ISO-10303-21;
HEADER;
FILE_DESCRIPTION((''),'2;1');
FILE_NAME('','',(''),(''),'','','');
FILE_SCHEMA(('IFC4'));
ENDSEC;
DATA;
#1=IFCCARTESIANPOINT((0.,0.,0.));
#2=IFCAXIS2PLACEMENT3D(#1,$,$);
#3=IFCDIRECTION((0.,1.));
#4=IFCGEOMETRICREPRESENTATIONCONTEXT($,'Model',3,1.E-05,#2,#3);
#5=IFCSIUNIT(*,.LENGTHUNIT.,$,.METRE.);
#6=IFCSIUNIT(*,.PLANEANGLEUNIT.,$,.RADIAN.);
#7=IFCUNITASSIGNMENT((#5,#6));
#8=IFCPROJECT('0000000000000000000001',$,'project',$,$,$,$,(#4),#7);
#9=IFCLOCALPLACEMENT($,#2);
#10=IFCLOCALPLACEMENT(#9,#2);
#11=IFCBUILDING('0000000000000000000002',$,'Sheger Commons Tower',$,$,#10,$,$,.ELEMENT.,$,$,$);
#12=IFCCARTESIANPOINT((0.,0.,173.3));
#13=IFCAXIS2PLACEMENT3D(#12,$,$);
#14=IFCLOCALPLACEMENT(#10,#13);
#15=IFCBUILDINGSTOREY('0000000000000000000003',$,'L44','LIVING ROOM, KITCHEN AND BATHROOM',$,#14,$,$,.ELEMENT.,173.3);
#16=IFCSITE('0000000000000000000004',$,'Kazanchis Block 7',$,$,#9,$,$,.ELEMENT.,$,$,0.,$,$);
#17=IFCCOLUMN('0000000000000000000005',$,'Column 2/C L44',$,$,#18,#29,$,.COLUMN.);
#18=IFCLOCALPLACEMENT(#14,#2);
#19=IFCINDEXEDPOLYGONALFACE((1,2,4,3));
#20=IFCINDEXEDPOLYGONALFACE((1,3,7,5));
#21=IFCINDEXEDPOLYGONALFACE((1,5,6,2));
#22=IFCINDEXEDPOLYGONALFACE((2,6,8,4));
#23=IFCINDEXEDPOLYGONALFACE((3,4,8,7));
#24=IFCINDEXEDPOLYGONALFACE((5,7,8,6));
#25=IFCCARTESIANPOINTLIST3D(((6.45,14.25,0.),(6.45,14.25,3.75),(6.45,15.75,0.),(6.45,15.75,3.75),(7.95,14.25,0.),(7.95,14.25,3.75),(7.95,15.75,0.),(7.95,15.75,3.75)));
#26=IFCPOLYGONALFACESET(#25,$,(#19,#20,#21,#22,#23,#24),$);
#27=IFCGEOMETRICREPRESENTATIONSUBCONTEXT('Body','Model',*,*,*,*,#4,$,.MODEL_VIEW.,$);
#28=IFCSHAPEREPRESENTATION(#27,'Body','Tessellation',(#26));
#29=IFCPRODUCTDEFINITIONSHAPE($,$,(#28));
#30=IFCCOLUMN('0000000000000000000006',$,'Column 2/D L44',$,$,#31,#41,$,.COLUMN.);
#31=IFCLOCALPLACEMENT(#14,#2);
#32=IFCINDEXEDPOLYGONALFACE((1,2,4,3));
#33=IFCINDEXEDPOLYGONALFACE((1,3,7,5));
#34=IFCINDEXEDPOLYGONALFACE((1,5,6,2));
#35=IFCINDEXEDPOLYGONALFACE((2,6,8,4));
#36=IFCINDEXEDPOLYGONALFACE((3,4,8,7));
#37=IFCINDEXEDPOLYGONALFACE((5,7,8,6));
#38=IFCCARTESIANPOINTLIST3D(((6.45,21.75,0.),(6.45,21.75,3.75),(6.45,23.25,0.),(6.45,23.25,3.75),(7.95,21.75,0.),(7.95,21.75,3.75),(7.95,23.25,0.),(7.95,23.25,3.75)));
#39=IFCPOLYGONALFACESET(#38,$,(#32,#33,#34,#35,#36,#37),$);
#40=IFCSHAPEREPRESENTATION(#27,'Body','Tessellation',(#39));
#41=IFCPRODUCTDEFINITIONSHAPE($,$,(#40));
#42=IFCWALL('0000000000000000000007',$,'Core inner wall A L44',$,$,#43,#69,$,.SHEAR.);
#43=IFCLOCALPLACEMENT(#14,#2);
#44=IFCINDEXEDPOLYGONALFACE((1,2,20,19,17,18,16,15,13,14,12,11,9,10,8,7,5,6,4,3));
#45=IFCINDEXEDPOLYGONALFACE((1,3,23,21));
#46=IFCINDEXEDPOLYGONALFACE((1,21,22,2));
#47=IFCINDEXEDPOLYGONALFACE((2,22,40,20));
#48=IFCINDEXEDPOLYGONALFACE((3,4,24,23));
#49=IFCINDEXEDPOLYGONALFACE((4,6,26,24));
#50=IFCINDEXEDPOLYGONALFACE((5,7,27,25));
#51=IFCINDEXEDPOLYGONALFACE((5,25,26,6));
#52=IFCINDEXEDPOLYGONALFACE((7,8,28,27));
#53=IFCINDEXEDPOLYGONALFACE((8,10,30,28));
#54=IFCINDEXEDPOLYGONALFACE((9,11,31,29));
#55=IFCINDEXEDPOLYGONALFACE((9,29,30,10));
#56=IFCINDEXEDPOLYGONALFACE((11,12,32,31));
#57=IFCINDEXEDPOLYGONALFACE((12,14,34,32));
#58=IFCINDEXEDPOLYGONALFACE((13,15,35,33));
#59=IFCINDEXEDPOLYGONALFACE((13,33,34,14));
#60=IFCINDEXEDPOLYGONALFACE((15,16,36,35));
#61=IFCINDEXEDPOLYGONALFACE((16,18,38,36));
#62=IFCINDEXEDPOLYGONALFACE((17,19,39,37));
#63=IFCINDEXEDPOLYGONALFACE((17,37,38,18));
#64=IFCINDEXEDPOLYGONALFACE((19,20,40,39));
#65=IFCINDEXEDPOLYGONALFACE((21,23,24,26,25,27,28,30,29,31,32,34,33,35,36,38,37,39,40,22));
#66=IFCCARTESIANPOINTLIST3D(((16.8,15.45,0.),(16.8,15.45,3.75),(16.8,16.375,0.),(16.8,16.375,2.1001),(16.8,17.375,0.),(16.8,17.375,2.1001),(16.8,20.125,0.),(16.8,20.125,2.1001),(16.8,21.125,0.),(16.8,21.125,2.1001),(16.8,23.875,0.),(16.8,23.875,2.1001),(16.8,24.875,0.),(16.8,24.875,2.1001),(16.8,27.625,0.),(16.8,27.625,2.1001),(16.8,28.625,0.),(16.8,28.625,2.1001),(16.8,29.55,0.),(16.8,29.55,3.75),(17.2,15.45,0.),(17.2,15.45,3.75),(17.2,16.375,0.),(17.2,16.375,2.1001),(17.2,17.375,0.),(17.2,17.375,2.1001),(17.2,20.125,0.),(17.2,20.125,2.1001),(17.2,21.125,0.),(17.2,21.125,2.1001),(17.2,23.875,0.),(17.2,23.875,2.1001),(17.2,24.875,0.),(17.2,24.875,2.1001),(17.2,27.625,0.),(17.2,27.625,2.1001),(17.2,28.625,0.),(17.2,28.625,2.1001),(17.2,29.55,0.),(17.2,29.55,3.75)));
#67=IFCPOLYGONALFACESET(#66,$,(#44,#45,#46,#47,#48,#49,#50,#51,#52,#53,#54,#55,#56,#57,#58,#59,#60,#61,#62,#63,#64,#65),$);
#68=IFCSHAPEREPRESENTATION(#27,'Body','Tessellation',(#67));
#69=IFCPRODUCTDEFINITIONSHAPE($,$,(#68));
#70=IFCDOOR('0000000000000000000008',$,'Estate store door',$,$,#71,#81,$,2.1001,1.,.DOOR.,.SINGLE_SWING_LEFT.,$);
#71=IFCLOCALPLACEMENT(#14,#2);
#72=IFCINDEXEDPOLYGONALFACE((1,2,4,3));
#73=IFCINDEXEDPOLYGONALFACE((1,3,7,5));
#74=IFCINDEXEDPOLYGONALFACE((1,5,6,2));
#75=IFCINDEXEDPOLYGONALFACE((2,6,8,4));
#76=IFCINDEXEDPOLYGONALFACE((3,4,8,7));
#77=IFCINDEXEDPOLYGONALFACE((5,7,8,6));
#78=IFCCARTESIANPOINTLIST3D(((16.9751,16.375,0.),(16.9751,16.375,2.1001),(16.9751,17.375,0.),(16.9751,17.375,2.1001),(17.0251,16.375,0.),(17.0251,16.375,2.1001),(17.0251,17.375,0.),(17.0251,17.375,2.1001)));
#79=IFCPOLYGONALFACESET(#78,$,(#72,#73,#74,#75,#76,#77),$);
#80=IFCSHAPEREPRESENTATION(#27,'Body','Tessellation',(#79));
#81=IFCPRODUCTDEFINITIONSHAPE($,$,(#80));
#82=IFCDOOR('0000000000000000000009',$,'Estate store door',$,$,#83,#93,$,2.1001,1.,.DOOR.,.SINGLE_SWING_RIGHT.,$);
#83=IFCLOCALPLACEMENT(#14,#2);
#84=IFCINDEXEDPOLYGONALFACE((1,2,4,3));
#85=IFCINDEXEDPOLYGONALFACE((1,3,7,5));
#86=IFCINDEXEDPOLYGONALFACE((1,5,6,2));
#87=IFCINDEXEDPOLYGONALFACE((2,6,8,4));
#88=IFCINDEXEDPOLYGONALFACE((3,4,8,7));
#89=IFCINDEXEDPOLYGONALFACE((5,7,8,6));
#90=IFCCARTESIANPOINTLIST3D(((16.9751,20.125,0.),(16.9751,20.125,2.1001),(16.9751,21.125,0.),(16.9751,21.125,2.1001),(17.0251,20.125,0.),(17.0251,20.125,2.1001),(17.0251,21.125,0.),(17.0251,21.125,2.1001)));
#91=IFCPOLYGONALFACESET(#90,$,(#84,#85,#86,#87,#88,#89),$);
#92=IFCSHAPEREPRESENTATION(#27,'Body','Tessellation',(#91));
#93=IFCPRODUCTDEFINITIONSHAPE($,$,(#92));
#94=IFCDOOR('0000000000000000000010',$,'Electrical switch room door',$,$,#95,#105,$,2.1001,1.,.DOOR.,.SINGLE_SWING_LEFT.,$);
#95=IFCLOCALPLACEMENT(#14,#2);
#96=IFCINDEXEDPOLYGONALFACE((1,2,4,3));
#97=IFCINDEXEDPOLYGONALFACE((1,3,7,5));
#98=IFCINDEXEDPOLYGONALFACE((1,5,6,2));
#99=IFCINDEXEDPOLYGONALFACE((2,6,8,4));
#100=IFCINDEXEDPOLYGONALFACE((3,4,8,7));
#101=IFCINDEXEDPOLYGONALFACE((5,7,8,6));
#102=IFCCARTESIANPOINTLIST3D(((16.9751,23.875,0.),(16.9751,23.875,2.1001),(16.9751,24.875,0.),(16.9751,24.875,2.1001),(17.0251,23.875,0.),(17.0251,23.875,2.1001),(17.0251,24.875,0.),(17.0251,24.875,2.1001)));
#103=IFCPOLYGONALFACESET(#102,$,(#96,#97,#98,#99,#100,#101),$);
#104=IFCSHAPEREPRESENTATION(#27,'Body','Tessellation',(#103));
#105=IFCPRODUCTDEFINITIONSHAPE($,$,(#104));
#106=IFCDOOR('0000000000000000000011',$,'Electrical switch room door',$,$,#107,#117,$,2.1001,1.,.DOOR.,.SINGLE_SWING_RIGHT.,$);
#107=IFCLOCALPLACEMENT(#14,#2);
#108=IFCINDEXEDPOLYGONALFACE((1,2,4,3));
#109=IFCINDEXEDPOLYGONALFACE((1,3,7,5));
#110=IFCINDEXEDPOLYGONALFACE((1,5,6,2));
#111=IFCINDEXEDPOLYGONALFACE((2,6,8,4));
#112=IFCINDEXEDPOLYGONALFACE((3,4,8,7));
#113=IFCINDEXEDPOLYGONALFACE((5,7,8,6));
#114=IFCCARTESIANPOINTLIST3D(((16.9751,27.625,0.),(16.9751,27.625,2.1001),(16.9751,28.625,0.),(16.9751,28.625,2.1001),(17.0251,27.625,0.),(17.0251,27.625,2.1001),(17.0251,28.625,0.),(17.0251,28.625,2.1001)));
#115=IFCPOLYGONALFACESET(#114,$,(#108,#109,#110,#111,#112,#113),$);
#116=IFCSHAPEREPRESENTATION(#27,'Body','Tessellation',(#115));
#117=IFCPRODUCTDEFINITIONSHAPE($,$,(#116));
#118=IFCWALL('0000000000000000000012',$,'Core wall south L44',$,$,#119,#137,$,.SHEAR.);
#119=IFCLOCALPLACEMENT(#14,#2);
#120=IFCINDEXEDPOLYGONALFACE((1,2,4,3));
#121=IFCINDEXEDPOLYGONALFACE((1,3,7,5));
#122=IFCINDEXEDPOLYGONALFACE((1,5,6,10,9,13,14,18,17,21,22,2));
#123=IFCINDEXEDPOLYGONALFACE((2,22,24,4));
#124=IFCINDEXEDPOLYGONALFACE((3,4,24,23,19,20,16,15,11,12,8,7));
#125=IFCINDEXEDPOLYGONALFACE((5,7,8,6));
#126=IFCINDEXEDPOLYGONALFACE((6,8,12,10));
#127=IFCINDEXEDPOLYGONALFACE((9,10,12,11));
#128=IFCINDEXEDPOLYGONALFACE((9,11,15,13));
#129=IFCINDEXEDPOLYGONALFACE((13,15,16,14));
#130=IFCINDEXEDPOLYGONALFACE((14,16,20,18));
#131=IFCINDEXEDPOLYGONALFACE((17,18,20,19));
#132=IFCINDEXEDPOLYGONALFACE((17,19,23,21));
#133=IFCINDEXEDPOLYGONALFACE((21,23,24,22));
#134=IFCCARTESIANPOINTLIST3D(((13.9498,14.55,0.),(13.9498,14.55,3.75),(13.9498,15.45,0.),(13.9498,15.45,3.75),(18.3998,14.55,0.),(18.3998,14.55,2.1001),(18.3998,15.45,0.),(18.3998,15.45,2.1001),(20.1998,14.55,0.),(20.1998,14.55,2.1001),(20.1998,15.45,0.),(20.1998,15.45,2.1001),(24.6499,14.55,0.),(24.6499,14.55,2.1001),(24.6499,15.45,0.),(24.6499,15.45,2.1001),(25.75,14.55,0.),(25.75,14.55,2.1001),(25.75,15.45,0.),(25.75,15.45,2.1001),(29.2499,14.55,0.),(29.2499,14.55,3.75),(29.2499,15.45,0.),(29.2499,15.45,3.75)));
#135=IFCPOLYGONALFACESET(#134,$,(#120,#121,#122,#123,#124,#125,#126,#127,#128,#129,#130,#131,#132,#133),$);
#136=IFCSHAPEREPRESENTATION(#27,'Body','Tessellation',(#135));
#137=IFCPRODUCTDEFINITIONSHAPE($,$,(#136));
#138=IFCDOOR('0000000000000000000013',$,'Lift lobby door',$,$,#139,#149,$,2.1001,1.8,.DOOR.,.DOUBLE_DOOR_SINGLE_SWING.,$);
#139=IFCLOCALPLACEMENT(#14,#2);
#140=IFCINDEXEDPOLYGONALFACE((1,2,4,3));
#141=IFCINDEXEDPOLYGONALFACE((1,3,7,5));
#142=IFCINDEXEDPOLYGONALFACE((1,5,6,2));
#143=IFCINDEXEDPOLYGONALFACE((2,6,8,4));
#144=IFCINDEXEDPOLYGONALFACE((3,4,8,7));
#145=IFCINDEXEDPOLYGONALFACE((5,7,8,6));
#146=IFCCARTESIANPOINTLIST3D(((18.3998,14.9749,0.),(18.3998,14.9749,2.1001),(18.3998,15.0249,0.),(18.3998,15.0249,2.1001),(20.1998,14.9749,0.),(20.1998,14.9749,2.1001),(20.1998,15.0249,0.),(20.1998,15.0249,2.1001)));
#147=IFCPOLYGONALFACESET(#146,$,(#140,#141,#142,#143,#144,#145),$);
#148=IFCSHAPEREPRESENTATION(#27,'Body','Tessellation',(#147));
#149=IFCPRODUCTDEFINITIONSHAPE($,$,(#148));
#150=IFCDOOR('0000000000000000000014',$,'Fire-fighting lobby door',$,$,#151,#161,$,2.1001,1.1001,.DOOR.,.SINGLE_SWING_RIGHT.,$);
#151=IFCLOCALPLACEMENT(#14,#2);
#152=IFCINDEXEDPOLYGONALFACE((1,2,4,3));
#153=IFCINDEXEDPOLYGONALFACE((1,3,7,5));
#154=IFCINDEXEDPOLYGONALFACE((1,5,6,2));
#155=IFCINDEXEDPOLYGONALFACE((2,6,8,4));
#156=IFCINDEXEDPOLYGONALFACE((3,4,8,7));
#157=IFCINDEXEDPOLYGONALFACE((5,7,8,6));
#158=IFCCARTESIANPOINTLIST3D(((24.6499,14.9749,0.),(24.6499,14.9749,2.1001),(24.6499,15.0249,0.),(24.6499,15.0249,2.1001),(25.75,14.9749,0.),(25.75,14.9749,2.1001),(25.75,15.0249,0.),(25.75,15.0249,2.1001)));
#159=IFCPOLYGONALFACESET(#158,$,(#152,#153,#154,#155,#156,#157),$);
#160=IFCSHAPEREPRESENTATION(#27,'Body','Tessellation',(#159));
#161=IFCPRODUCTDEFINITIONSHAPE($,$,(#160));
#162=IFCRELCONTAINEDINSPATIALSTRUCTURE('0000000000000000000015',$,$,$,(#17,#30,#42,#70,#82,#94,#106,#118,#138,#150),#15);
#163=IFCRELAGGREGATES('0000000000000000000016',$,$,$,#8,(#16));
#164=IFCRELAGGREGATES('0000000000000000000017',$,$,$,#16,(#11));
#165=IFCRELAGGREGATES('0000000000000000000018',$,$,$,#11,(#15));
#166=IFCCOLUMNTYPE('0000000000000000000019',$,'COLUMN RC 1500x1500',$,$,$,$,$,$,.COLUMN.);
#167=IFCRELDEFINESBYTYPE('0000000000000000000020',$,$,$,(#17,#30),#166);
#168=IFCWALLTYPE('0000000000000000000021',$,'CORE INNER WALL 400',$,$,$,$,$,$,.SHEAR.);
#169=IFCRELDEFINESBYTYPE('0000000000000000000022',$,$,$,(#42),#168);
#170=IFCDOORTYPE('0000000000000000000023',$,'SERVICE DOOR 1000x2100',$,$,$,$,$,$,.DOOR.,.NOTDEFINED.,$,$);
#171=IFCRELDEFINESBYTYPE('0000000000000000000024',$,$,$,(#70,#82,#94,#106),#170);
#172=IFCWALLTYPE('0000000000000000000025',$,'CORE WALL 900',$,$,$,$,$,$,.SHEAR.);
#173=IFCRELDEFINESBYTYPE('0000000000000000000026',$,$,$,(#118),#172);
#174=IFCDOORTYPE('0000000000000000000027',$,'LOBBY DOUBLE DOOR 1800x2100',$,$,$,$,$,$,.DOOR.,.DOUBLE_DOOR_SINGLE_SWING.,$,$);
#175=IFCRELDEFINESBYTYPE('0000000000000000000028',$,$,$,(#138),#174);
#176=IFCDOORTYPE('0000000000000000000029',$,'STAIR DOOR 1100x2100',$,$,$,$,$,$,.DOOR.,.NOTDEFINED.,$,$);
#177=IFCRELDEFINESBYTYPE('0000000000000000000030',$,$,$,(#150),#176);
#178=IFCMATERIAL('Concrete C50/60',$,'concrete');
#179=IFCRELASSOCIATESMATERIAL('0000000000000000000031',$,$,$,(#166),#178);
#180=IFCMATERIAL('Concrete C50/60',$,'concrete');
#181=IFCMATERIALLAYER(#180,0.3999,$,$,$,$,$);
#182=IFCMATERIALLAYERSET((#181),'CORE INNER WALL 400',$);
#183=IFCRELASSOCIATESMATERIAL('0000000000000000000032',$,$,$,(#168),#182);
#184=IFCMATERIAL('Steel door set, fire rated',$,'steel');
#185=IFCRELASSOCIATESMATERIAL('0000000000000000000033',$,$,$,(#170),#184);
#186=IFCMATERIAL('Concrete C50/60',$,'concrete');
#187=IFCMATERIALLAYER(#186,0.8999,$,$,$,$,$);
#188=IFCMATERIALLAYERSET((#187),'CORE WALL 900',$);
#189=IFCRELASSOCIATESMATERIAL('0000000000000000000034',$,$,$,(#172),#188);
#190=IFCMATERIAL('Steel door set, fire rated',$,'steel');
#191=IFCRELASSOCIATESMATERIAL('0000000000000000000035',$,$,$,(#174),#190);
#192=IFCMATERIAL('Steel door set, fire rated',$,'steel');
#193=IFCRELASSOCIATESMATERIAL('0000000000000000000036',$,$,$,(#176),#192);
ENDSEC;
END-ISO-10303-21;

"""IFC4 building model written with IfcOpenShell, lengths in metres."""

from ifc_helpers import new_model, si_unit, direction, frame, frame_2d, origin, origin_2d, place, context, subcontext, project, spatial, rectangle, extrude, material, layer, layer_set, material_profile, profile_set, type_object, element, fill, save


model = new_model("IFC4")

# Units and contexts
model_context = context("Model", 3, precision=1e-05, world=origin(), true_north=direction((0.0, 1.0)))
body_context = subcontext(model_context, "Body", "Model", "MODEL_VIEW")
ifc_project = project(units=[si_unit("LENGTHUNIT", "METRE"), si_unit("PLANEANGLEUNIT", "RADIAN")], contexts=[model_context])

# Site, building, storey
site_placement = place(None, origin())
site = spatial("IfcSite", under=ifc_project, at=site_placement, Name="Kazanchis Block 7", CompositionType="ELEMENT", RefElevation=0.0)
building_placement = place(site_placement, origin())
building = spatial("IfcBuilding", under=site, at=building_placement, Name="Sheger Commons Tower", CompositionType="ELEMENT")
storey_placement = place(building_placement, frame((0.0, 0.0, 173.3)))
storey = spatial("IfcBuildingStorey", under=building, at=storey_placement, Name="L44", Description="LIVING ROOM, KITCHEN AND BATHROOM", CompositionType="ELEMENT", Elevation=173.3)

# Columns
ifc_material_1 = material(Name="Concrete C50/60", Category="concrete")
ifc_material_profile = material_profile(ifc_material_1, rectangle(XDim=1.5, YDim=1.5, at=origin_2d()), Name="RC 1500x1500")
ifc_profile_set = profile_set([ifc_material_profile], Name="Concrete C50/60")
column_type = type_object("IfcColumnType", Name="COLUMN RC 1500x1500", PredefinedType="COLUMN", material=ifc_profile_set)
for number, where, z_axis, x_axis, name in (
    (1, (7.2, 15.0, 0.0), (0.0, 0.0, 1.0), (1.0, 0.0, 0.0), "Column 2/C L44"),
    (2, (7.2, 22.5, 0.0), (0.0, 0.0, 1.0), (1.0, 0.0, 0.0), "Column 2/D L44"),
):
    element("IfcColumn", number, at=place(storey_placement, frame(where, z_axis=z_axis, x_axis=x_axis)), inside=storey, type_object=column_type, Name=name, PredefinedType="COLUMN", context=body_context, shape_type="SweptSolid", body=[
        extrude(rectangle(XDim=1.5, YDim=1.5, at=origin_2d()), origin(), (0.0, 0.0, 1.0), 3.75),
    ])

# Walls, openings, doors
ifc_material_2 = material(Name="Concrete C50/60", Category="concrete")
ifc_layer_1 = layer(ifc_material_2, 0.3999)
ifc_layer_set_1 = layer_set([ifc_layer_1], Name="CORE INNER WALL 400")
wall_type_1 = type_object("IfcWallType", Name="CORE INNER WALL 400", PredefinedType="SHEAR", material=ifc_layer_set_1)
wall_1_placement = place(storey_placement, frame((17.0, 15.45, 0.0), z_axis=(0.0, 0.0, 1.0), x_axis=(0.0, 1.0, 0.0)))
wall_1 = element("IfcWall", 3, at=wall_1_placement, inside=storey, type_object=wall_type_1, Name="Core inner wall A L44", PredefinedType="SHEAR", context=body_context, shape_type="SweptSolid", body=[
    extrude(rectangle(XDim=14.1001, YDim=0.3999, at=frame_2d((7.05, 0.0))), origin(), (0.0, 0.0, 1.0), 3.75),
])
opening_1_placement = place(wall_1_placement, frame((0.925, 0.0, 0.0)))
opening_1 = element("IfcOpeningElement", 4, at=opening_1_placement, cuts=wall_1, PredefinedType="OPENING", context=body_context, shape_type="SweptSolid", body=[
    extrude(rectangle(XDim=1.0, YDim=2.1001, at=frame_2d((0.5, 1.05))), frame((0.0, 0.21, 0.0), z_axis=(0.0, -1.0, 0.0), x_axis=(1.0, 0.0, 0.0)), (0.0, 0.0, 1.0), 0.4199),
])
opening_2_placement = place(wall_1_placement, frame((4.675, 0.0, 0.0)))
opening_2 = element("IfcOpeningElement", 5, at=opening_2_placement, cuts=wall_1, PredefinedType="OPENING", context=body_context, shape_type="SweptSolid", body=[
    extrude(rectangle(XDim=1.0, YDim=2.1001, at=frame_2d((0.5, 1.05))), frame((0.0, 0.21, 0.0), z_axis=(0.0, -1.0, 0.0), x_axis=(1.0, 0.0, 0.0)), (0.0, 0.0, 1.0), 0.4199),
])
opening_3_placement = place(wall_1_placement, frame((8.425, 0.0, 0.0)))
opening_3 = element("IfcOpeningElement", 6, at=opening_3_placement, cuts=wall_1, PredefinedType="OPENING", context=body_context, shape_type="SweptSolid", body=[
    extrude(rectangle(XDim=1.0, YDim=2.1001, at=frame_2d((0.5, 1.05))), frame((0.0, 0.21, 0.0), z_axis=(0.0, -1.0, 0.0), x_axis=(1.0, 0.0, 0.0)), (0.0, 0.0, 1.0), 0.4199),
])
opening_4_placement = place(wall_1_placement, frame((12.175, 0.0, 0.0)))
opening_4 = element("IfcOpeningElement", 7, at=opening_4_placement, cuts=wall_1, PredefinedType="OPENING", context=body_context, shape_type="SweptSolid", body=[
    extrude(rectangle(XDim=1.0, YDim=2.1001, at=frame_2d((0.5, 1.05))), frame((0.0, 0.21, 0.0), z_axis=(0.0, -1.0, 0.0), x_axis=(1.0, 0.0, 0.0)), (0.0, 0.0, 1.0), 0.4199),
])
ifc_material_3 = material(Name="Steel door set, fire rated", Category="steel")
door_type_1 = type_object("IfcDoorType", Name="SERVICE DOOR 1000x2100", OperationType="NOTDEFINED", PredefinedType="DOOR", material=ifc_material_3)
door_1_placement = place(opening_1_placement, origin())
door_1 = element("IfcDoor", 8, at=door_1_placement, inside=storey, type_object=door_type_1, Name="Estate store door", OperationType="SINGLE_SWING_LEFT", OverallHeight=2.1001, OverallWidth=1.0, PredefinedType="DOOR", context=body_context, shape_type="SweptSolid", body=[
    extrude(rectangle(XDim=1.0, YDim=2.1001, at=frame_2d((0.5, 1.05))), frame((0.0, 0.0249, 0.0), z_axis=(0.0, -1.0, 0.0), x_axis=(1.0, 0.0, 0.0)), (0.0, 0.0, 1.0), 0.05),
])
fill(opening_1, door_1)
door_2_placement = place(opening_2_placement, origin())
door_2 = element("IfcDoor", 9, at=door_2_placement, inside=storey, type_object=door_type_1, Name="Estate store door", OperationType="SINGLE_SWING_RIGHT", OverallHeight=2.1001, OverallWidth=1.0, PredefinedType="DOOR", context=body_context, shape_type="SweptSolid", body=[
    extrude(rectangle(XDim=1.0, YDim=2.1001, at=frame_2d((0.5, 1.05))), frame((0.0, 0.0249, 0.0), z_axis=(0.0, -1.0, 0.0), x_axis=(1.0, 0.0, 0.0)), (0.0, 0.0, 1.0), 0.05),
])
fill(opening_2, door_2)
door_3_placement = place(opening_3_placement, origin())
door_3 = element("IfcDoor", 10, at=door_3_placement, inside=storey, type_object=door_type_1, Name="Electrical switch room door", OperationType="SINGLE_SWING_LEFT", OverallHeight=2.1001, OverallWidth=1.0, PredefinedType="DOOR", context=body_context, shape_type="SweptSolid", body=[
    extrude(rectangle(XDim=1.0, YDim=2.1001, at=frame_2d((0.5, 1.05))), frame((0.0, 0.0249, 0.0), z_axis=(0.0, -1.0, 0.0), x_axis=(1.0, 0.0, 0.0)), (0.0, 0.0, 1.0), 0.05),
])
fill(opening_3, door_3)
door_4_placement = place(opening_4_placement, origin())
door_4 = element("IfcDoor", 11, at=door_4_placement, inside=storey, type_object=door_type_1, Name="Electrical switch room door", OperationType="SINGLE_SWING_RIGHT", OverallHeight=2.1001, OverallWidth=1.0, PredefinedType="DOOR", context=body_context, shape_type="SweptSolid", body=[
    extrude(rectangle(XDim=1.0, YDim=2.1001, at=frame_2d((0.5, 1.05))), frame((0.0, 0.0249, 0.0), z_axis=(0.0, -1.0, 0.0), x_axis=(1.0, 0.0, 0.0)), (0.0, 0.0, 1.0), 0.05),
])
fill(opening_4, door_4)
ifc_material_4 = material(Name="Concrete C50/60", Category="concrete")
ifc_layer_2 = layer(ifc_material_4, 0.8999)
ifc_layer_set_2 = layer_set([ifc_layer_2], Name="CORE WALL 900")
wall_type_2 = type_object("IfcWallType", Name="CORE WALL 900", PredefinedType="SHEAR", material=ifc_layer_set_2)
wall_2_placement = place(storey_placement, frame((13.95, 15.0, 0.0), z_axis=(0.0, 0.0, 1.0), x_axis=(1.0, 0.0, 0.0)))
wall_2 = element("IfcWall", 12, at=wall_2_placement, inside=storey, type_object=wall_type_2, Name="Core wall south L44", PredefinedType="SHEAR", context=body_context, shape_type="SweptSolid", body=[
    extrude(rectangle(XDim=15.3, YDim=0.8999, at=frame_2d((7.6499, 0.0))), origin(), (0.0, 0.0, 1.0), 3.75),
])
opening_5_placement = place(wall_2_placement, frame((4.45, 0.0, 0.0)))
opening_5 = element("IfcOpeningElement", 13, at=opening_5_placement, cuts=wall_2, PredefinedType="OPENING", context=body_context, shape_type="SweptSolid", body=[
    extrude(rectangle(XDim=1.8, YDim=2.1001, at=frame_2d((0.8999, 1.05))), frame((0.0, 0.46, 0.0), z_axis=(0.0, -1.0, 0.0), x_axis=(1.0, 0.0, 0.0)), (0.0, 0.0, 1.0), 0.9199),
])
opening_6_placement = place(wall_2_placement, frame((10.7, 0.0, 0.0)))
opening_6 = element("IfcOpeningElement", 14, at=opening_6_placement, cuts=wall_2, PredefinedType="OPENING", context=body_context, shape_type="SweptSolid", body=[
    extrude(rectangle(XDim=1.1001, YDim=2.1001, at=frame_2d((0.55, 1.05))), frame((0.0, 0.46, 0.0), z_axis=(0.0, -1.0, 0.0), x_axis=(1.0, 0.0, 0.0)), (0.0, 0.0, 1.0), 0.9199),
])
ifc_material_5 = material(Name="Steel door set, fire rated", Category="steel")
door_type_2 = type_object("IfcDoorType", Name="LOBBY DOUBLE DOOR 1800x2100", OperationType="DOUBLE_DOOR_SINGLE_SWING", PredefinedType="DOOR", material=ifc_material_5)
door_5_placement = place(opening_5_placement, origin())
door_5 = element("IfcDoor", 15, at=door_5_placement, inside=storey, type_object=door_type_2, Name="Lift lobby door", OperationType="DOUBLE_DOOR_SINGLE_SWING", OverallHeight=2.1001, OverallWidth=1.8, PredefinedType="DOOR", context=body_context, shape_type="SweptSolid", body=[
    extrude(rectangle(XDim=1.8, YDim=2.1001, at=frame_2d((0.8999, 1.05))), frame((0.0, 0.0249, 0.0), z_axis=(0.0, -1.0, 0.0), x_axis=(1.0, 0.0, 0.0)), (0.0, 0.0, 1.0), 0.05),
])
fill(opening_5, door_5)
ifc_material_6 = material(Name="Steel door set, fire rated", Category="steel")
door_type_3 = type_object("IfcDoorType", Name="STAIR DOOR 1100x2100", OperationType="NOTDEFINED", PredefinedType="DOOR", material=ifc_material_6)
door_6_placement = place(opening_6_placement, origin())
door_6 = element("IfcDoor", 16, at=door_6_placement, inside=storey, type_object=door_type_3, Name="Fire-fighting lobby door", OperationType="SINGLE_SWING_RIGHT", OverallHeight=2.1001, OverallWidth=1.1001, PredefinedType="DOOR", context=body_context, shape_type="SweptSolid", body=[
    extrude(rectangle(XDim=1.1001, YDim=2.1001, at=frame_2d((0.55, 1.05))), frame((0.0, 0.0249, 0.0), z_axis=(0.0, -1.0, 0.0), x_axis=(1.0, 0.0, 0.0)), (0.0, 0.0, 1.0), 0.05),
])
fill(opening_6, door_6)

save(model, "model.ifc")
